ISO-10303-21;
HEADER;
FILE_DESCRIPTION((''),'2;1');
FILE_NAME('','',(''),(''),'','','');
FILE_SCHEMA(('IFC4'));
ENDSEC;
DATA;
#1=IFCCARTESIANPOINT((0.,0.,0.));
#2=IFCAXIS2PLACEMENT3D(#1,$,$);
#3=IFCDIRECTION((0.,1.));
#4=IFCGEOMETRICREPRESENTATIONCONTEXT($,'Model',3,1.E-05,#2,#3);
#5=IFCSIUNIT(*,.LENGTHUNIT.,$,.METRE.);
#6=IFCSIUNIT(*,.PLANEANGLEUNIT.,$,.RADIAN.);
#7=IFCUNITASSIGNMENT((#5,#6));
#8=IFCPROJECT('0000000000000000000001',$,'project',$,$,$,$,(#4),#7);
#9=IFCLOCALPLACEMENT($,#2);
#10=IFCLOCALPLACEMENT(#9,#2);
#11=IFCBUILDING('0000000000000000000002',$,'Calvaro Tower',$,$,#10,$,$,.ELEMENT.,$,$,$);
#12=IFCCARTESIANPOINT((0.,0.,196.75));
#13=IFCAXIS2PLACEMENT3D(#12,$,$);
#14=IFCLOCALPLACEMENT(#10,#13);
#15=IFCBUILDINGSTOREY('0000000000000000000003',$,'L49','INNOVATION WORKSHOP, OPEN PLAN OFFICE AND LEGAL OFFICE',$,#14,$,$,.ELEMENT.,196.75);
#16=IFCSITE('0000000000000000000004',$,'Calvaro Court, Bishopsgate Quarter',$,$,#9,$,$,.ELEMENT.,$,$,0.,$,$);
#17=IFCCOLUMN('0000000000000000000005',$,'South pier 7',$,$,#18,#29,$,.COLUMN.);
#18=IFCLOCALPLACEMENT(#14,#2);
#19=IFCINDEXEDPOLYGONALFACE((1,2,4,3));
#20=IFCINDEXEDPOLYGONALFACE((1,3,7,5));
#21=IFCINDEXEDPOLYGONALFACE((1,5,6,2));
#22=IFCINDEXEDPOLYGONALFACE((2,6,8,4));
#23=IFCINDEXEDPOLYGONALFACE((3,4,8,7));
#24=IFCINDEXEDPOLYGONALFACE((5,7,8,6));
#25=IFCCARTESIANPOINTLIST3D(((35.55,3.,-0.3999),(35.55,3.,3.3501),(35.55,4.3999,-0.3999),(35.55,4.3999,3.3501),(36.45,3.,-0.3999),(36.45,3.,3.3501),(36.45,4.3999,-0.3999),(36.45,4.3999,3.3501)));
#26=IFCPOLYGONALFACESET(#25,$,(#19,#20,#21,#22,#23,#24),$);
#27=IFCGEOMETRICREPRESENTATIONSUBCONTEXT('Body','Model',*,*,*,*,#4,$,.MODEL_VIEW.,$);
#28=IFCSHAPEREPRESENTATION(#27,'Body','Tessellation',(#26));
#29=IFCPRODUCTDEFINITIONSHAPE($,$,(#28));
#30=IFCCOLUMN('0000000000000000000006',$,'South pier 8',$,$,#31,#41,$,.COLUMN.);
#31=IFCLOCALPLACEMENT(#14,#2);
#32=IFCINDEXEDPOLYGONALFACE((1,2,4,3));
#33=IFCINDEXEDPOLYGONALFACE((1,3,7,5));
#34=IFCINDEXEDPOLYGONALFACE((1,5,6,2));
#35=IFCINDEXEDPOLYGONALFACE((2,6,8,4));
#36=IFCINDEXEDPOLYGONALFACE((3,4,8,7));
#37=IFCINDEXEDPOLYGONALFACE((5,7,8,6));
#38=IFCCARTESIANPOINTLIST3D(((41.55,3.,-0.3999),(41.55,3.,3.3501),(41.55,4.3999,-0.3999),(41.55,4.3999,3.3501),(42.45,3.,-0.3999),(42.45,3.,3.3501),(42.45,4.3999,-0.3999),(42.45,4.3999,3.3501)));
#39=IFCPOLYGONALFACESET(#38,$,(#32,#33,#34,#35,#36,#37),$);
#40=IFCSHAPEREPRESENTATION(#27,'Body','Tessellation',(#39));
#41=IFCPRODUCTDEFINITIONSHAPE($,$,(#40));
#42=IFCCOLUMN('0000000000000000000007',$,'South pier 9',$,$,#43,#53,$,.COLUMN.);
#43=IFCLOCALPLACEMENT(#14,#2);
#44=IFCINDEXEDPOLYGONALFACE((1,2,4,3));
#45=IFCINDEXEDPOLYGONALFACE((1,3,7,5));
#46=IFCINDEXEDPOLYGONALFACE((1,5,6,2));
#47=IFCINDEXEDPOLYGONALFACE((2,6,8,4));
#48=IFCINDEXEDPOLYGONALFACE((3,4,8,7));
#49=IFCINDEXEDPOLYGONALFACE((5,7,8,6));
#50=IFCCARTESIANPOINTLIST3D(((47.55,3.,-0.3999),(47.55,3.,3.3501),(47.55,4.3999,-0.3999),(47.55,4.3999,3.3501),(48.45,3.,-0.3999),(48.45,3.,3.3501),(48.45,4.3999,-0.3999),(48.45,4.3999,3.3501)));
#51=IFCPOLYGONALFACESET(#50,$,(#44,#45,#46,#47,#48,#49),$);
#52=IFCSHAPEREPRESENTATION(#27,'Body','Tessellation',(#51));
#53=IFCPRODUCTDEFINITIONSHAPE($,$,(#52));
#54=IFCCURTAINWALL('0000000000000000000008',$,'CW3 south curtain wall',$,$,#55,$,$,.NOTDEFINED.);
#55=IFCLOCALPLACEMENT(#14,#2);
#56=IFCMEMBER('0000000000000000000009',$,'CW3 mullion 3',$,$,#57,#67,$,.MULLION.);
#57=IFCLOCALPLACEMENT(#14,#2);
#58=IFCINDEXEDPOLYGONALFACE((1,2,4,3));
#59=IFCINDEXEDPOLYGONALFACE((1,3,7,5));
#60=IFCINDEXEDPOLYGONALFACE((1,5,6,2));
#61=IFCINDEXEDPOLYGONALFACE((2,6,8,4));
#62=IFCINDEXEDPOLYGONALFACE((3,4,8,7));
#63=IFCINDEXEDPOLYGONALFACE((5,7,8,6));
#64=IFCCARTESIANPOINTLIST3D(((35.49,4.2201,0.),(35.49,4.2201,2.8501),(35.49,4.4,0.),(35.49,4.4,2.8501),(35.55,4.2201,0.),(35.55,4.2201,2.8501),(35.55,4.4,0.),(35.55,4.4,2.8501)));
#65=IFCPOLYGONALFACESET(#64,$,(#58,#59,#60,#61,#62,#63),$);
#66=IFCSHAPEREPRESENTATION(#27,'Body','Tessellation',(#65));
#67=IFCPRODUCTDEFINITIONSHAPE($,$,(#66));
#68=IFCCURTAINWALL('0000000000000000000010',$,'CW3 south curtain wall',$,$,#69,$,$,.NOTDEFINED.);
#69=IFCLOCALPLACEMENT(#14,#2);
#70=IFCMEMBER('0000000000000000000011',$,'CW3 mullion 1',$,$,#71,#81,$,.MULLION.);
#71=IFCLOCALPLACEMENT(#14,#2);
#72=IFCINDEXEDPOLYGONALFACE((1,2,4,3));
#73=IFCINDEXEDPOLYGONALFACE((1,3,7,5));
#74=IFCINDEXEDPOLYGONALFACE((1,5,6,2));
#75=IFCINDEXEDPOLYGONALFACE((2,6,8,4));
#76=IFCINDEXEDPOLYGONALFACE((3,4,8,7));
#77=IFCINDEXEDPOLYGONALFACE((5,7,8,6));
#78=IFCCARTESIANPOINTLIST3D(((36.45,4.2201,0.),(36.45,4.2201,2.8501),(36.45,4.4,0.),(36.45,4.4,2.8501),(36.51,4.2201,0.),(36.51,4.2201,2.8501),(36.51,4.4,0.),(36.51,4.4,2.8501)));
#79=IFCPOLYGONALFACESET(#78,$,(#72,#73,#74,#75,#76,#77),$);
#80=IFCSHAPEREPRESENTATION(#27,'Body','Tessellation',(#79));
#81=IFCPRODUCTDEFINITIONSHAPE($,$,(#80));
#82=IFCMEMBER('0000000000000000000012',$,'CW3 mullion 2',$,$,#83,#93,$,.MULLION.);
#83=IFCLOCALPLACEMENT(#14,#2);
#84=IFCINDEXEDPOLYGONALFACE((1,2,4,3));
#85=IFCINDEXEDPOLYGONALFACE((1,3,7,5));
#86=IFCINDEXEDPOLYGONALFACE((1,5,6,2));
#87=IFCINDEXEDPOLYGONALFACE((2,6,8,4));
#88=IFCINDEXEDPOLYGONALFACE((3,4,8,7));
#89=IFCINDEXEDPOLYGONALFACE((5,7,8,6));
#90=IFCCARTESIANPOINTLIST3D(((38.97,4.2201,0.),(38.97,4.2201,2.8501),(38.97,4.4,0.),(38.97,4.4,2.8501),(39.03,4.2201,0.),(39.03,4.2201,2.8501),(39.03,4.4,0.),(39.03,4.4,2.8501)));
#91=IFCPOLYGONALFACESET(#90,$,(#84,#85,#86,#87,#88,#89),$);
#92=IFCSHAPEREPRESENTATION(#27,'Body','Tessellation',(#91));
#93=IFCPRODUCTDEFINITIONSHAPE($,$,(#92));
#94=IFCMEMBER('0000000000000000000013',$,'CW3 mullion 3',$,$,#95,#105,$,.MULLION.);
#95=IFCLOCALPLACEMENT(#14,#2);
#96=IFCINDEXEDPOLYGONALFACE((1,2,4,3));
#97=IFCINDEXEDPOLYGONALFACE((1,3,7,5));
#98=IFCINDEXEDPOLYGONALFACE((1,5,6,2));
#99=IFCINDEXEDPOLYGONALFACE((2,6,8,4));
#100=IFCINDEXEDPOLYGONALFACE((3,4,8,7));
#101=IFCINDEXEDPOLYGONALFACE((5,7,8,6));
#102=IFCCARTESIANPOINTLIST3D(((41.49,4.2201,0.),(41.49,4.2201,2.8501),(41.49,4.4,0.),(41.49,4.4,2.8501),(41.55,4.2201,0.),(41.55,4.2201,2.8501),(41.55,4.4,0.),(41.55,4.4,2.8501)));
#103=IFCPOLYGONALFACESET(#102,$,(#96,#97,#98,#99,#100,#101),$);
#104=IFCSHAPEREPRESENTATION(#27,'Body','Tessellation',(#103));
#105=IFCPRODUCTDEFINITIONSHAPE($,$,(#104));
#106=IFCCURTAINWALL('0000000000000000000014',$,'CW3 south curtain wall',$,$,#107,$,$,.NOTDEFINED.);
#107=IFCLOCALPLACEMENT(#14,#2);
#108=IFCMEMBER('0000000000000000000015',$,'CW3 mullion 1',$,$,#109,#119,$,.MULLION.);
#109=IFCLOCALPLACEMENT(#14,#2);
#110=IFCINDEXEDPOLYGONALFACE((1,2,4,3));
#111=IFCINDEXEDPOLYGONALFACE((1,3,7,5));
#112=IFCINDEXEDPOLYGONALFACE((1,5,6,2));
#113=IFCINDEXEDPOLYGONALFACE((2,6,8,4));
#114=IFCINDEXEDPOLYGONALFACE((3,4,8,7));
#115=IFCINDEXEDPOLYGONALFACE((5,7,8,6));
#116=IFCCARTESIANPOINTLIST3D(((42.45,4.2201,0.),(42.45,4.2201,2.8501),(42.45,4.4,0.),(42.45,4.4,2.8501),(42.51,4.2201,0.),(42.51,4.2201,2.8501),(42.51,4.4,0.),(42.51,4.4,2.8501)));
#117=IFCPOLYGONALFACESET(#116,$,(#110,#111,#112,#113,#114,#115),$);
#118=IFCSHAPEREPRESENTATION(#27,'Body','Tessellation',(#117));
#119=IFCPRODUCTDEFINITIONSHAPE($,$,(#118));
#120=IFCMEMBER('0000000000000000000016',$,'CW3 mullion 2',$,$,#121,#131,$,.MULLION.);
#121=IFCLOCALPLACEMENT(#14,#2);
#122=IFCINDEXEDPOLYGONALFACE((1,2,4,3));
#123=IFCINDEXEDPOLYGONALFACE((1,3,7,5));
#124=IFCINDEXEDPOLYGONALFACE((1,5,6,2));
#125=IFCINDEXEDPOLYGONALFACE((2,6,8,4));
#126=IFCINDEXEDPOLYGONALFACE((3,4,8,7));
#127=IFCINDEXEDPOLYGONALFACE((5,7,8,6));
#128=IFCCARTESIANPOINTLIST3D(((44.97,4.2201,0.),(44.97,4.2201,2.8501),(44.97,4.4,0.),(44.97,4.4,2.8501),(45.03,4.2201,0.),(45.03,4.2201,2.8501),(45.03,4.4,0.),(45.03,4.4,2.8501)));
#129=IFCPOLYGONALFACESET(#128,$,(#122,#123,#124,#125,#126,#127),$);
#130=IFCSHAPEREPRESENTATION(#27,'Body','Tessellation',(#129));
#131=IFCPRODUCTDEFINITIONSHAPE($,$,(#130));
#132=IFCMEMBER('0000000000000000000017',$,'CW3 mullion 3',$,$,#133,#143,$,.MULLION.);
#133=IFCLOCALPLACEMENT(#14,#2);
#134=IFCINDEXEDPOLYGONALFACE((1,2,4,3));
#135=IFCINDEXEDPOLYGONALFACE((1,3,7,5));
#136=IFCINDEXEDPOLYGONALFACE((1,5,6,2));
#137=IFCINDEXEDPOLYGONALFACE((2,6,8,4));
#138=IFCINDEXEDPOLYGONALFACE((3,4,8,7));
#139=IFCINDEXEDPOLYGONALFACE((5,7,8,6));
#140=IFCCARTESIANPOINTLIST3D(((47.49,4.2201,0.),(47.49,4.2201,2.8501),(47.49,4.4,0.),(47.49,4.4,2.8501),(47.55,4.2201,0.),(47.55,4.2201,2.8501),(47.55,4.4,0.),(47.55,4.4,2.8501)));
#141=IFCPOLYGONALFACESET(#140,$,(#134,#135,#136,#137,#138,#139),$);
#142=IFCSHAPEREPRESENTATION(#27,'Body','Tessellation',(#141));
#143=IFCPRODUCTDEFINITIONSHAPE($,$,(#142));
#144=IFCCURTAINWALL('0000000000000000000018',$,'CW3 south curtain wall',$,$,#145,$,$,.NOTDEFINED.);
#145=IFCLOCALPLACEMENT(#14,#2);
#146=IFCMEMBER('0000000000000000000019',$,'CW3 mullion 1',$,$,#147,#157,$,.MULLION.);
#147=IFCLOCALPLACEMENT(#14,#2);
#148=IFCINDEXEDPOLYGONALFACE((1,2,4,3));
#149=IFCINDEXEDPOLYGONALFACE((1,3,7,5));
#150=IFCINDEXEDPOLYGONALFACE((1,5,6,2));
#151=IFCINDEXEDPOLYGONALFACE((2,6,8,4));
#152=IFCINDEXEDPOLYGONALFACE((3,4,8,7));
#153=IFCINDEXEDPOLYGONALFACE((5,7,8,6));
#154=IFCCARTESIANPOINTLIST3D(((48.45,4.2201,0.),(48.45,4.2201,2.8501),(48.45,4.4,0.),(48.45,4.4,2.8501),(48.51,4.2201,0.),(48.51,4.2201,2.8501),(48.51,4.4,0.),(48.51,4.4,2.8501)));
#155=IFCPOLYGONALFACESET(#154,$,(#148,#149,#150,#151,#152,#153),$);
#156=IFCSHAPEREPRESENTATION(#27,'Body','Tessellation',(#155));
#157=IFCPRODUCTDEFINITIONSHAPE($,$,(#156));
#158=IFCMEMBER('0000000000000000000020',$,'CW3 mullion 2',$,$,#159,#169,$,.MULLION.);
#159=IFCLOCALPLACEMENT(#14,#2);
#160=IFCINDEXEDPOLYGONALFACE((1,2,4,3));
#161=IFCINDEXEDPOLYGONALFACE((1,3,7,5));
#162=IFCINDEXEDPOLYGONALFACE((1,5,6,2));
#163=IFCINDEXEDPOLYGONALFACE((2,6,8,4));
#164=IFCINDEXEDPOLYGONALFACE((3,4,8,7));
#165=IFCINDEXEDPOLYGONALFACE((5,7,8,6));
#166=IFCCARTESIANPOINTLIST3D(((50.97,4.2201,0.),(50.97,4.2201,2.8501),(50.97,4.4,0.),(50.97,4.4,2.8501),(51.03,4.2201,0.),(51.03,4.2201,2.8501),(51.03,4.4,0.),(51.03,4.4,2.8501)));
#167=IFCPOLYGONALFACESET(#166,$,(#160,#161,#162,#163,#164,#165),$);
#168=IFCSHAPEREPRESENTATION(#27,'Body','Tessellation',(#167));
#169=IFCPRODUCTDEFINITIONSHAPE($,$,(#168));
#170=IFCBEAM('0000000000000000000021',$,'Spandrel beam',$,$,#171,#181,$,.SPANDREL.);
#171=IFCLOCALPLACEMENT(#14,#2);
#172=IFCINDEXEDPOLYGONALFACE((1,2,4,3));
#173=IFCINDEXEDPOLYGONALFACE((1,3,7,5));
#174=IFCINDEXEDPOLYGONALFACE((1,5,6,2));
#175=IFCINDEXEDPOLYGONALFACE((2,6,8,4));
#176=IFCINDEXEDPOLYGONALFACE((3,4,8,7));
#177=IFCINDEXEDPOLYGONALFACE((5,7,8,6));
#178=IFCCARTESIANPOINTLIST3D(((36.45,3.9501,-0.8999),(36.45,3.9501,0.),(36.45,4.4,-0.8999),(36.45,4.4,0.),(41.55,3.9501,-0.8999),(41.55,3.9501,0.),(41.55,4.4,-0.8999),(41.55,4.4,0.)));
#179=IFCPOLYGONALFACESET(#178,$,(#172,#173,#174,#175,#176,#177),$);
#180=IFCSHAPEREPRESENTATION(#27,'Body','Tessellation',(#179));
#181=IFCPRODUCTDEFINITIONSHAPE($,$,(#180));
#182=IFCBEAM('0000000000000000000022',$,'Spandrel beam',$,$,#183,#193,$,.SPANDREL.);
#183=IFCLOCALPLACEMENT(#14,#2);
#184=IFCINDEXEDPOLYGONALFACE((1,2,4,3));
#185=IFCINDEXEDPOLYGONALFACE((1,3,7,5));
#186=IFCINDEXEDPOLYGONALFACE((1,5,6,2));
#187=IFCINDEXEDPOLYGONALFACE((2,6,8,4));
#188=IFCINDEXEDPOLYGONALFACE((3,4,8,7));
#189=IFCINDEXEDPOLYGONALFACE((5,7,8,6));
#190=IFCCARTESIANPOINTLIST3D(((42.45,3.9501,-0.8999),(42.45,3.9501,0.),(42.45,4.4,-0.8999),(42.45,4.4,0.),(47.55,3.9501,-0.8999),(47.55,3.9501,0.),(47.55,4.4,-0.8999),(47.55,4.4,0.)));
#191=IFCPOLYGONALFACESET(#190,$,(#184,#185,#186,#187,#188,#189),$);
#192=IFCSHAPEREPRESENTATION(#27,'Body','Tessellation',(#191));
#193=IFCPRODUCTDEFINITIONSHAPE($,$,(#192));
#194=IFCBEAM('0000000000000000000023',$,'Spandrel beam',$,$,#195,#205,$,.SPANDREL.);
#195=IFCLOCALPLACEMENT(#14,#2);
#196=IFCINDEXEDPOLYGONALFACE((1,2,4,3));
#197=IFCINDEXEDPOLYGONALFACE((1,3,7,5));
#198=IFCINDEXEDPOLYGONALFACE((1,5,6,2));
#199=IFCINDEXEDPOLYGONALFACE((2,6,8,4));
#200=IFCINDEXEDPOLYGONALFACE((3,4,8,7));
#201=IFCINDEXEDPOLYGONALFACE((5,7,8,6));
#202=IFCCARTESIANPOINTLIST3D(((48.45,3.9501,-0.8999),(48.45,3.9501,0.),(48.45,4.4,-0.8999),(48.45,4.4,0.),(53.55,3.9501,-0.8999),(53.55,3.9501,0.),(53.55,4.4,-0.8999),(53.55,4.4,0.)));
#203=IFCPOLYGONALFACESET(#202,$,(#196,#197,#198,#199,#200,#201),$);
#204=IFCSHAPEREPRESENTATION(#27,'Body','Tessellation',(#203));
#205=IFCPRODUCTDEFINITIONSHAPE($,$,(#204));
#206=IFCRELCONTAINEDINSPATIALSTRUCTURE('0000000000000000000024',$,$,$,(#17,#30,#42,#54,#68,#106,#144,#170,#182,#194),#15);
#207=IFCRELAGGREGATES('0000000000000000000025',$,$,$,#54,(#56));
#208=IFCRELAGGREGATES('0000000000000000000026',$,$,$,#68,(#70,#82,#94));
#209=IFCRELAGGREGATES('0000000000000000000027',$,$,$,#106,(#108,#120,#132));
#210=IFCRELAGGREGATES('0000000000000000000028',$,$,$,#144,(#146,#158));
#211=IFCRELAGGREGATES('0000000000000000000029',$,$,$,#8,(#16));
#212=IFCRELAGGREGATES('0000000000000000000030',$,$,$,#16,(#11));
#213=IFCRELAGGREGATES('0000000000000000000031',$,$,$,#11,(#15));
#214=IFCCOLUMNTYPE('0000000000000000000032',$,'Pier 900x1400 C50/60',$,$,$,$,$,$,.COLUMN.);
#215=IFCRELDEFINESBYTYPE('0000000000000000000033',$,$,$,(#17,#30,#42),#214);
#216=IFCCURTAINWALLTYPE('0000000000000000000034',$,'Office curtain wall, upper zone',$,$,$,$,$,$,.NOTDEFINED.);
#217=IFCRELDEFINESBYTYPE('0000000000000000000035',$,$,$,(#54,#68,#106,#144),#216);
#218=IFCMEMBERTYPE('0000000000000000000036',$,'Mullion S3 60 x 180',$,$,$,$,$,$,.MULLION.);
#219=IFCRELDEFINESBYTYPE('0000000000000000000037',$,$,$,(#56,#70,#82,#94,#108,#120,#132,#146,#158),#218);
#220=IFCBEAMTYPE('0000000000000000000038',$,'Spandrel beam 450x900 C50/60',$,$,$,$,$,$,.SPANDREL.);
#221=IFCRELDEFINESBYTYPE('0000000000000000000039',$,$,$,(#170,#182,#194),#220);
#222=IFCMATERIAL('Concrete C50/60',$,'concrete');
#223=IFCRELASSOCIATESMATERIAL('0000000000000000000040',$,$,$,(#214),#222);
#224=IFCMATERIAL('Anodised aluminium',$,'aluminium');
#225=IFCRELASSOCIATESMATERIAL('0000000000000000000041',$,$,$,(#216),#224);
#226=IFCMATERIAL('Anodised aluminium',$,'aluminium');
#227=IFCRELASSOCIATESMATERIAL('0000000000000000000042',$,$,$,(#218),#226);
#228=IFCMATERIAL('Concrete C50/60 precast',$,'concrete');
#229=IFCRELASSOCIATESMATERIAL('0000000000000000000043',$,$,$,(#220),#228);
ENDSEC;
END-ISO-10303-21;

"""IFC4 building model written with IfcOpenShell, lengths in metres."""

from ifc_helpers import new_model, si_unit, direction, frame, origin, origin_2d, place, context, subcontext, project, spatial, rectangle, extrude, material, material_profile, profile_set, type_object, element, aggregate, save


model = new_model("IFC4")

# Units and contexts
model_context = context("Model", 3, precision=1e-05, world=origin(), true_north=direction((0.0, 1.0)))
body_context = subcontext(model_context, "Body", "Model", "MODEL_VIEW")
ifc_project = project(units=[si_unit("LENGTHUNIT", "METRE"), si_unit("PLANEANGLEUNIT", "RADIAN")], contexts=[model_context])

# Site, building, storey
site_placement = place(None, origin())
site = spatial("IfcSite", under=ifc_project, at=site_placement, Name="Calvaro Court, Bishopsgate Quarter", CompositionType="ELEMENT", RefElevation=0.0)
building_placement = place(site_placement, origin())
building = spatial("IfcBuilding", under=site, at=building_placement, Name="Calvaro Tower", CompositionType="ELEMENT")
storey_placement = place(building_placement, frame((0.0, 0.0, 196.75)))
storey = spatial("IfcBuildingStorey", under=building, at=storey_placement, Name="L49", Description="INNOVATION WORKSHOP, OPEN PLAN OFFICE AND LEGAL OFFICE", CompositionType="ELEMENT", Elevation=196.75)

# Columns
ifc_material_1 = material(Name="Concrete C50/60", Category="concrete")
ifc_material_profile_1 = material_profile(ifc_material_1, rectangle(XDim=0.8999, YDim=1.3999, at=origin_2d()), Name="RC 900x1400")
ifc_profile_set_1 = profile_set([ifc_material_profile_1], Name="Concrete C50/60")
column_type = type_object("IfcColumnType", Name="Pier 900x1400 C50/60", PredefinedType="COLUMN", material=ifc_profile_set_1)
for number, where, z_axis, x_axis, name in (
    (1, (36.0, 3.7, -0.3999), (0.0, 0.0, 1.0), (1.0, 0.0, 0.0), "South pier 7"),
    (2, (42.0, 3.7, -0.3999), (0.0, 0.0, 1.0), (1.0, 0.0, 0.0), "South pier 8"),
    (3, (48.0, 3.7, -0.3999), (0.0, 0.0, 1.0), (1.0, 0.0, 0.0), "South pier 9"),
):
    element("IfcColumn", number, at=place(storey_placement, frame(where, z_axis=z_axis, x_axis=x_axis)), inside=storey, type_object=column_type, Name=name, PredefinedType="COLUMN", context=body_context, shape_type="SweptSolid", body=[
        extrude(rectangle(XDim=0.8999, YDim=1.3999, at=origin_2d()), origin(), (0.0, 0.0, 1.0), 3.75),
    ])

# Curtain wall, member
ifc_material_2 = material(Name="Anodised aluminium", Category="aluminium")
curtain_wall_type = type_object("IfcCurtainWallType", Name="Office curtain wall, upper zone", PredefinedType="NOTDEFINED", material=ifc_material_2)
curtain_wall_1_placement = place(storey_placement, origin())
curtain_wall_1 = element("IfcCurtainWall", 4, at=curtain_wall_1_placement, inside=storey, type_object=curtain_wall_type, Name="CW3 south curtain wall", PredefinedType="NOTDEFINED")
ifc_material_3 = material(Name="Anodised aluminium", Category="aluminium")
ifc_material_profile_2 = material_profile(ifc_material_3, rectangle(XDim=0.1799, YDim=0.0601, at=origin_2d()), Name="Mullion S3 60 x 180")
ifc_profile_set_2 = profile_set([ifc_material_profile_2], Name="Anodised aluminium")
member_type_1 = type_object("IfcMemberType", Name="Mullion S3 60 x 180", PredefinedType="MULLION", material=ifc_profile_set_2)
member_1_placement = place(storey_placement, frame((35.52, 4.3101, 0.0), z_axis=(0.0, 0.0, 1.0), x_axis=(0.0, 1.0, 0.0)))
member_1 = element("IfcMember", 5, at=member_1_placement, type_object=member_type_1, Name="CW3 mullion 3", PredefinedType="MULLION", context=body_context, shape_type="SweptSolid", body=[
    extrude(rectangle(XDim=0.1799, YDim=0.0601, at=origin_2d()), origin(), (0.0, 0.0, 1.0), 2.8501),
])
aggregate(curtain_wall_1, [member_1])

# Curtain walls, members
curtain_wall_2_placement = place(storey_placement, origin())
curtain_wall_2 = element("IfcCurtainWall", 6, at=curtain_wall_2_placement, inside=storey, type_object=curtain_wall_type, Name="CW3 south curtain wall", PredefinedType="NOTDEFINED")
member_2_placement = place(storey_placement, frame((36.48, 4.3101, 0.0), z_axis=(0.0, 0.0, 1.0), x_axis=(0.0, 1.0, 0.0)))
member_2 = element("IfcMember", 7, at=member_2_placement, type_object=member_type_1, Name="CW3 mullion 1", PredefinedType="MULLION", context=body_context, shape_type="SweptSolid", body=[
    extrude(rectangle(XDim=0.1799, YDim=0.0601, at=origin_2d()), origin(), (0.0, 0.0, 1.0), 2.8501),
])
member_3_placement = place(storey_placement, frame((39.0, 4.3101, 0.0), z_axis=(0.0, 0.0, 1.0), x_axis=(0.0, 1.0, 0.0)))
member_3 = element("IfcMember", 8, at=member_3_placement, type_object=member_type_1, Name="CW3 mullion 2", PredefinedType="MULLION", context=body_context, shape_type="SweptSolid", body=[
    extrude(rectangle(XDim=0.1799, YDim=0.0601, at=origin_2d()), origin(), (0.0, 0.0, 1.0), 2.8501),
])
member_4_placement = place(storey_placement, frame((41.52, 4.3101, 0.0), z_axis=(0.0, 0.0, 1.0), x_axis=(0.0, 1.0, 0.0)))
member_4 = element("IfcMember", 9, at=member_4_placement, type_object=member_type_1, Name="CW3 mullion 3", PredefinedType="MULLION", context=body_context, shape_type="SweptSolid", body=[
    extrude(rectangle(XDim=0.1799, YDim=0.0601, at=origin_2d()), origin(), (0.0, 0.0, 1.0), 2.8501),
])
curtain_wall_3_placement = place(storey_placement, origin())
curtain_wall_3 = element("IfcCurtainWall", 10, at=curtain_wall_3_placement, inside=storey, type_object=curtain_wall_type, Name="CW3 south curtain wall", PredefinedType="NOTDEFINED")
member_5_placement = place(storey_placement, frame((42.48, 4.3101, 0.0), z_axis=(0.0, 0.0, 1.0), x_axis=(0.0, 1.0, 0.0)))
member_5 = element("IfcMember", 11, at=member_5_placement, type_object=member_type_1, Name="CW3 mullion 1", PredefinedType="MULLION", context=body_context, shape_type="SweptSolid", body=[
    extrude(rectangle(XDim=0.1799, YDim=0.0601, at=origin_2d()), origin(), (0.0, 0.0, 1.0), 2.8501),
])
member_6_placement = place(storey_placement, frame((45.0, 4.3101, 0.0), z_axis=(0.0, 0.0, 1.0), x_axis=(0.0, 1.0, 0.0)))
member_6 = element("IfcMember", 12, at=member_6_placement, type_object=member_type_1, Name="CW3 mullion 2", PredefinedType="MULLION", context=body_context, shape_type="SweptSolid", body=[
    extrude(rectangle(XDim=0.1799, YDim=0.0601, at=origin_2d()), origin(), (0.0, 0.0, 1.0), 2.8501),
])
member_7_placement = place(storey_placement, frame((47.52, 4.3101, 0.0), z_axis=(0.0, 0.0, 1.0), x_axis=(0.0, 1.0, 0.0)))
member_7 = element("IfcMember", 13, at=member_7_placement, type_object=member_type_1, Name="CW3 mullion 3", PredefinedType="MULLION", context=body_context, shape_type="SweptSolid", body=[
    extrude(rectangle(XDim=0.1799, YDim=0.0601, at=origin_2d()), origin(), (0.0, 0.0, 1.0), 2.8501),
])
curtain_wall_4_placement = place(storey_placement, origin())
curtain_wall_4 = element("IfcCurtainWall", 14, at=curtain_wall_4_placement, inside=storey, type_object=curtain_wall_type, Name="CW3 south curtain wall", PredefinedType="NOTDEFINED")
member_8_placement = place(storey_placement, frame((48.48, 4.3101, 0.0), z_axis=(0.0, 0.0, 1.0), x_axis=(0.0, 1.0, 0.0)))
member_8 = element("IfcMember", 15, at=member_8_placement, type_object=member_type_1, Name="CW3 mullion 1", PredefinedType="MULLION", context=body_context, shape_type="SweptSolid", body=[
    extrude(rectangle(XDim=0.1799, YDim=0.0601, at=origin_2d()), origin(), (0.0, 0.0, 1.0), 2.8501),
])
member_9_placement = place(storey_placement, frame((51.0, 4.3101, 0.0), z_axis=(0.0, 0.0, 1.0), x_axis=(0.0, 1.0, 0.0)))
member_9 = element("IfcMember", 16, at=member_9_placement, type_object=member_type_1, Name="CW3 mullion 2", PredefinedType="MULLION", context=body_context, shape_type="SweptSolid", body=[
    extrude(rectangle(XDim=0.1799, YDim=0.0601, at=origin_2d()), origin(), (0.0, 0.0, 1.0), 2.8501),
])

# Beams
ifc_material_4 = material(Name="Concrete C50/60 precast", Category="concrete")
ifc_material_profile_3 = material_profile(ifc_material_4, rectangle(XDim=0.45, YDim=0.8999, at=origin_2d()), Name="RC 450x900")
ifc_profile_set_3 = profile_set([ifc_material_profile_3], Name="Concrete C50/60 precast")
beam_type = type_object("IfcBeamType", Name="Spandrel beam 450x900 C50/60", PredefinedType="SPANDREL", material=ifc_profile_set_3)
for number, where, z_axis, x_axis, name in (
    (17, (36.45, 4.175, -0.45), (1.0, 0.0, 0.0), (0.0, 1.0, 0.0), "Spandrel beam"),
    (18, (42.45, 4.175, -0.45), (1.0, 0.0, 0.0), (0.0, 1.0, 0.0), "Spandrel beam"),
    (19, (48.45, 4.175, -0.45), (1.0, 0.0, 0.0), (0.0, 1.0, 0.0), "Spandrel beam"),
):
    element("IfcBeam", number, at=place(storey_placement, frame(where, z_axis=z_axis, x_axis=x_axis)), inside=storey, type_object=beam_type, Name=name, PredefinedType="SPANDREL", context=body_context, shape_type="SweptSolid", body=[
        extrude(rectangle(XDim=0.45, YDim=0.8999, at=origin_2d()), origin(), (0.0, 0.0, 1.0), 5.1001),
    ])

aggregate(curtain_wall_2, [member_2, member_3, member_4])
aggregate(curtain_wall_3, [member_5, member_6, member_7])
aggregate(curtain_wall_4, [member_8, member_9])

save(model, "model.ifc")
